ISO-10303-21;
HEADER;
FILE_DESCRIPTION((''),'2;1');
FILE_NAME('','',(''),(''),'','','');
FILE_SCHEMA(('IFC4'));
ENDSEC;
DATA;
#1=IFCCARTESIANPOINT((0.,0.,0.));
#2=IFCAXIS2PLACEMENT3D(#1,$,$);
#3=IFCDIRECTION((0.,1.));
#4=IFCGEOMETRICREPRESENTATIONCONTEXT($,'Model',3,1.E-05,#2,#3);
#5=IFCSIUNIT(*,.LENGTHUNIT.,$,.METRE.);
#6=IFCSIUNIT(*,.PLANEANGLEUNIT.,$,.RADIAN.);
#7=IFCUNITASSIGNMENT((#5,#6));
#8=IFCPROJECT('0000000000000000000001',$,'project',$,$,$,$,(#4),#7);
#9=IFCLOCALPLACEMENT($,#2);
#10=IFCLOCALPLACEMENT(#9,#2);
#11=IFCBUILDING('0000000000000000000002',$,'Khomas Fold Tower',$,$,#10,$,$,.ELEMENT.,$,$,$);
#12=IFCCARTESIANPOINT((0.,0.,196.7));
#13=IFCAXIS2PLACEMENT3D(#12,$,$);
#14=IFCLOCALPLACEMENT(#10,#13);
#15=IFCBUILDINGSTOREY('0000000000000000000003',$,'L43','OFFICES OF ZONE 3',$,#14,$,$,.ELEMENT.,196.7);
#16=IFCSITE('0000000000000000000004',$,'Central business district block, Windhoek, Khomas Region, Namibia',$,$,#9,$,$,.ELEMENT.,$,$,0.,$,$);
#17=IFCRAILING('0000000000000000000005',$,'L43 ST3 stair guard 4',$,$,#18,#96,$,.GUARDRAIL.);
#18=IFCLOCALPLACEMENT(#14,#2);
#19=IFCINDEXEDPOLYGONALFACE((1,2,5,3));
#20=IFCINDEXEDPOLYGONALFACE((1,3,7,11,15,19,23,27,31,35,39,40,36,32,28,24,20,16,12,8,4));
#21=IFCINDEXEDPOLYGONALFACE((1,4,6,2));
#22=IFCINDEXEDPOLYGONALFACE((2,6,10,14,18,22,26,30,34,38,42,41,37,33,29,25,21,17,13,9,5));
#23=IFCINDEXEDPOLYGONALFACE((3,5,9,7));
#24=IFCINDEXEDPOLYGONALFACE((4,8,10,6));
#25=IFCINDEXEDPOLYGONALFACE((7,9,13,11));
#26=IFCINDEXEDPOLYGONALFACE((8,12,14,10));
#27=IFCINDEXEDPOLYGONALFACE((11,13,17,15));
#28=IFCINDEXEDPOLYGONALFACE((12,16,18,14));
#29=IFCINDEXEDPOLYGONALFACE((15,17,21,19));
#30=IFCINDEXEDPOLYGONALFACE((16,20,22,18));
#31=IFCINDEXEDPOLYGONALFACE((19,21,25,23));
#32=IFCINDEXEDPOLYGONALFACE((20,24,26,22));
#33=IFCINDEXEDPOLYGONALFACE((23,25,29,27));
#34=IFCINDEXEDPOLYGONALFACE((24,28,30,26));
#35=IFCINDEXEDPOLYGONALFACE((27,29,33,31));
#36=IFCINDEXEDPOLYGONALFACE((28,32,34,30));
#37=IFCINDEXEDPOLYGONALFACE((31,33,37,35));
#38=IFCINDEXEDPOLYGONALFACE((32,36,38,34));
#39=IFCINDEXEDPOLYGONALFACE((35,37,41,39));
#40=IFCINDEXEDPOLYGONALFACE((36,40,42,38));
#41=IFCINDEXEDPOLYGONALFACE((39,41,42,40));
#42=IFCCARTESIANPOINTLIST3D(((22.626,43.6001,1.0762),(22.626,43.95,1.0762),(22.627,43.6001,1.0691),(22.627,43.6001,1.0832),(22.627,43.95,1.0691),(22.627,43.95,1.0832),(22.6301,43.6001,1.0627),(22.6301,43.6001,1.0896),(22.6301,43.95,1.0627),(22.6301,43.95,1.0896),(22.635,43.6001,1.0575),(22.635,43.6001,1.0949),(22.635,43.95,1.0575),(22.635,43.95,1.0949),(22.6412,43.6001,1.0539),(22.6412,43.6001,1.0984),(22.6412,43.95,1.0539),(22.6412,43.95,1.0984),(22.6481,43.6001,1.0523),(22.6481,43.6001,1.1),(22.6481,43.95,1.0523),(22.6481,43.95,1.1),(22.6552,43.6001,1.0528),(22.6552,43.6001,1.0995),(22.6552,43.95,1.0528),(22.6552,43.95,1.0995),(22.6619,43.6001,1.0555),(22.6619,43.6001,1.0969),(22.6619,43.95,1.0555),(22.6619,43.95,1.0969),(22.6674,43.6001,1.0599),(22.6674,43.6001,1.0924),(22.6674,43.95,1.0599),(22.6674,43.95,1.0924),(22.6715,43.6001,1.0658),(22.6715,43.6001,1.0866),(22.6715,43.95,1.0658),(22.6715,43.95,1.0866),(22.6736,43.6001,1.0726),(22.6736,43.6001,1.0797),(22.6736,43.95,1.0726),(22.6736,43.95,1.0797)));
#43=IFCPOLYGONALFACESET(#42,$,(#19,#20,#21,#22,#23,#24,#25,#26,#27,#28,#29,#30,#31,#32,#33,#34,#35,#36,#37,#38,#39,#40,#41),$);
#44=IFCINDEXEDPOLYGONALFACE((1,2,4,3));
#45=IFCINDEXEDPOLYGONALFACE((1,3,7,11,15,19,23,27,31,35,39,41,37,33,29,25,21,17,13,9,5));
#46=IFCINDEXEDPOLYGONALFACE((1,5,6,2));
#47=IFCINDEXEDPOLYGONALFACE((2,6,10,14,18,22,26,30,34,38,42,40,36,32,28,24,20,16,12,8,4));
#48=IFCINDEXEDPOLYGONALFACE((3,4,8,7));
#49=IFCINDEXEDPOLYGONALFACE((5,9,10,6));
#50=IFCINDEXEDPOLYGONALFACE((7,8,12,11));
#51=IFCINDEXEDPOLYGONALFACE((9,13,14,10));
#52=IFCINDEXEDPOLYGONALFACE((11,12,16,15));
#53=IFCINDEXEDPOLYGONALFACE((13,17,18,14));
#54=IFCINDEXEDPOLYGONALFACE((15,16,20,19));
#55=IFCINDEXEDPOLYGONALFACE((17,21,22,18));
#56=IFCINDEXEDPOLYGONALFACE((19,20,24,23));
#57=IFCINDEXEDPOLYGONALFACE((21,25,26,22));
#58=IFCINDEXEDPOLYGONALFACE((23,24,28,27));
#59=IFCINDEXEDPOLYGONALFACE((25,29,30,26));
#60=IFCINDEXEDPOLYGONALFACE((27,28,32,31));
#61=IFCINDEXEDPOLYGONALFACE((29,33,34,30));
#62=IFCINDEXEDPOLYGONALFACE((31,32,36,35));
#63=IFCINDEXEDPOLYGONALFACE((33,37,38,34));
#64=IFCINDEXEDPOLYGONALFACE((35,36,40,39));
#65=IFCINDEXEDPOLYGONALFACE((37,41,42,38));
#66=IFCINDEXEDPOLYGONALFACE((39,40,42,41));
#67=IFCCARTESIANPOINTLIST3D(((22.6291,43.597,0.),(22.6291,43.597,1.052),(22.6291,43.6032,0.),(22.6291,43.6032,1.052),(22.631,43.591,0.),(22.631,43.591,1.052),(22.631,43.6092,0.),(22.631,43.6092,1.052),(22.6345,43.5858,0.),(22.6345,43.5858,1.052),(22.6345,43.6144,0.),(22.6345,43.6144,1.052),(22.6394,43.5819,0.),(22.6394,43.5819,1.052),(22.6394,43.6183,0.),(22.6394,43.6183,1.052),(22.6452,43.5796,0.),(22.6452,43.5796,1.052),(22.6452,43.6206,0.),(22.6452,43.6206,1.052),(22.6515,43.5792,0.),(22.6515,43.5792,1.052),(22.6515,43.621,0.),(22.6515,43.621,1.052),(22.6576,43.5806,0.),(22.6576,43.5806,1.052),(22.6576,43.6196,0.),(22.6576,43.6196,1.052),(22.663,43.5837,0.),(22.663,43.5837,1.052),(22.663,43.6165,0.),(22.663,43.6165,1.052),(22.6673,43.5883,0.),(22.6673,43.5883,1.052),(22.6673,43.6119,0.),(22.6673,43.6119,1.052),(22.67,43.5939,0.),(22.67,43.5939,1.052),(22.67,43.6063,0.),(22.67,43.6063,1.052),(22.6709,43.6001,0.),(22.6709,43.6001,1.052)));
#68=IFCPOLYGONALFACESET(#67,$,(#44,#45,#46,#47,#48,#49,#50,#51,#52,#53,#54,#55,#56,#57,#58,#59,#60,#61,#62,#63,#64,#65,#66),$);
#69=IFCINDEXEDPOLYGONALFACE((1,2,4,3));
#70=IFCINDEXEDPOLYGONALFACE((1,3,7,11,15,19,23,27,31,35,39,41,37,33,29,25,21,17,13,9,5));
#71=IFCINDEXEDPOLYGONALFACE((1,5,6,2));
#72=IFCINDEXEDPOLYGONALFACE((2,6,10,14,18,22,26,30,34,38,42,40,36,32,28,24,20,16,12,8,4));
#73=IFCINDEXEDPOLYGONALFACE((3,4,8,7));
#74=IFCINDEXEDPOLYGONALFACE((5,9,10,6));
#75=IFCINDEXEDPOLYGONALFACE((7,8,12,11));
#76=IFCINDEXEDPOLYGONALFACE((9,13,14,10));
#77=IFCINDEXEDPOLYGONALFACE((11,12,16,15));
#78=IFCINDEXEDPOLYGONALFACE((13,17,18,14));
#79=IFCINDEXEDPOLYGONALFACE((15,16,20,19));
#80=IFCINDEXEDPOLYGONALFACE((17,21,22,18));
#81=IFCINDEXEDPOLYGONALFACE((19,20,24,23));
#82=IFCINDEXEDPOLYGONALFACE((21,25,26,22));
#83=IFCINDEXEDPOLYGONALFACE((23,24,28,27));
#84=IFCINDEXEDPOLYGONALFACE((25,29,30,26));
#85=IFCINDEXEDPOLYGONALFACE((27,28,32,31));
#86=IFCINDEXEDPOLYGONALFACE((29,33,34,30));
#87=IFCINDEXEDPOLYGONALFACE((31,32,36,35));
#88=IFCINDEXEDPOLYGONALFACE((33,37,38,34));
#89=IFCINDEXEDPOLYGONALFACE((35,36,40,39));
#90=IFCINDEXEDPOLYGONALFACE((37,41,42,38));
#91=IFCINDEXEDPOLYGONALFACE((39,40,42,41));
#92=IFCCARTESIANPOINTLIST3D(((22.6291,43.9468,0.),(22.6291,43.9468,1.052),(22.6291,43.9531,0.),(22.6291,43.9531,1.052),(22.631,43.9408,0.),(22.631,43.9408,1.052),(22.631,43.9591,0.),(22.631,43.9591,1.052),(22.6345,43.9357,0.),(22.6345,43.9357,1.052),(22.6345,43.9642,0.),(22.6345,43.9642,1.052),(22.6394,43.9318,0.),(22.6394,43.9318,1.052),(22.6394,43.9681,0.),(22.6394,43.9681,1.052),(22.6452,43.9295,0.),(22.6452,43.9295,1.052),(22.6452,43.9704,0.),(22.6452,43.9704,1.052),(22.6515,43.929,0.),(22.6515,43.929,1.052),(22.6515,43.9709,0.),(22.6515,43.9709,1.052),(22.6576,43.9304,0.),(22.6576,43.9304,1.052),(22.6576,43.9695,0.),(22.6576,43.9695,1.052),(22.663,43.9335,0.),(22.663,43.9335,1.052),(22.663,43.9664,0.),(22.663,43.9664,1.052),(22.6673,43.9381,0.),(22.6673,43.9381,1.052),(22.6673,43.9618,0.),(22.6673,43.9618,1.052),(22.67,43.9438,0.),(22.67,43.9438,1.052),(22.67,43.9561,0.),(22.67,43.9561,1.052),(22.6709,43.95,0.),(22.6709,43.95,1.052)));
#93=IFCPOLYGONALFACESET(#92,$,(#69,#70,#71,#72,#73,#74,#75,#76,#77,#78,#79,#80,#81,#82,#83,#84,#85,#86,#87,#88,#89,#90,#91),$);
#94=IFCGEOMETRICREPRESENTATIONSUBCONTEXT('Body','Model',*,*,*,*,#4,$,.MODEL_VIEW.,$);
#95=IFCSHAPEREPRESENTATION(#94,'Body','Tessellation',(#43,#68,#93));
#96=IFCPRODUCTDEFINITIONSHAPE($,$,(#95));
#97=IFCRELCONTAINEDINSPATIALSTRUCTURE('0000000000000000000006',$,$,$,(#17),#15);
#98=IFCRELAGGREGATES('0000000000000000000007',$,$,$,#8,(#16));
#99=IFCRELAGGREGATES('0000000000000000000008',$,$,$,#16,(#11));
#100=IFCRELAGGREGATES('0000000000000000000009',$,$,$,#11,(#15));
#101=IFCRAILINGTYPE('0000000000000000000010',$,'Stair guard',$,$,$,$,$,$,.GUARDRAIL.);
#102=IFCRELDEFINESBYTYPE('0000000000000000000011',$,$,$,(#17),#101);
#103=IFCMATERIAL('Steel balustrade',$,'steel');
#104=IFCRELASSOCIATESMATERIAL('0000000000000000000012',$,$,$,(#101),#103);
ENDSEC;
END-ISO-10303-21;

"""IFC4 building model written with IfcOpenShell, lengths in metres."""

from ifc_helpers import new_model, si_unit, direction, frame, origin, origin_2d, place, context, subcontext, project, spatial, circle, extrude, source, transform, mapped, material, type_object, element, save


model = new_model("IFC4")

# Units and contexts
model_context = context("Model", 3, precision=1e-05, world=origin(), true_north=direction((0.0, 1.0)))
body_context = subcontext(model_context, "Body", "Model", "MODEL_VIEW")
ifc_project = project(units=[si_unit("LENGTHUNIT", "METRE"), si_unit("PLANEANGLEUNIT", "RADIAN")], contexts=[model_context])

# Site, building, storey
site_placement = place(None, origin())
site = spatial("IfcSite", under=ifc_project, at=site_placement, Name="Central business district block, Windhoek, Khomas Region, Namibia", CompositionType="ELEMENT", RefElevation=0.0)
building_placement = place(site_placement, origin())
building = spatial("IfcBuilding", under=site, at=building_placement, Name="Khomas Fold Tower", CompositionType="ELEMENT")
storey_placement = place(building_placement, frame((0.0, 0.0, 196.7)))
storey = spatial("IfcBuildingStorey", under=building, at=storey_placement, Name="L43", Description="OFFICES OF ZONE 3", CompositionType="ELEMENT", Elevation=196.7)

# Railing
ifc_material_1 = material(Name="Steel balustrade", Category="steel")
railing_type_1 = type_object("IfcRailingType", Name="Stair guard", PredefinedType="GUARDRAIL", material=ifc_material_1)
shared_shape_1 = source(origin(), body_context, "Body", "SweptSolid", [
    extrude(circle(Radius=0.0239, at=origin_2d()), frame((0.0, 0.0, 1.0762), z_axis=(0.0, 1.0, 0.0), x_axis=(-1.0, 0.0, 0.0)), (0.0, 0.0, 1.0), 0.3499),
    extrude(circle(Radius=0.021, at=origin_2d()), origin(), (0.0, 0.0, 1.0), 1.052),
    extrude(circle(Radius=0.021, at=origin_2d()), frame((0.0, 0.3499, 0.0)), (0.0, 0.0, 1.0), 1.052),
])
for number, where, name in (
    (1, (22.6499, 43.6001, 0.0), "L43 ST3 stair guard 4"),
):
    element("IfcRailing", number, at=place(storey_placement, frame(where)), inside=storey, type_object=railing_type_1, Name=name, PredefinedType="GUARDRAIL", context=body_context, shape_type="MappedRepresentation", body=[
        mapped(shared_shape_1, transform((0.0, 0.0, 0.0))),
    ])

save(model, "model.ifc")
